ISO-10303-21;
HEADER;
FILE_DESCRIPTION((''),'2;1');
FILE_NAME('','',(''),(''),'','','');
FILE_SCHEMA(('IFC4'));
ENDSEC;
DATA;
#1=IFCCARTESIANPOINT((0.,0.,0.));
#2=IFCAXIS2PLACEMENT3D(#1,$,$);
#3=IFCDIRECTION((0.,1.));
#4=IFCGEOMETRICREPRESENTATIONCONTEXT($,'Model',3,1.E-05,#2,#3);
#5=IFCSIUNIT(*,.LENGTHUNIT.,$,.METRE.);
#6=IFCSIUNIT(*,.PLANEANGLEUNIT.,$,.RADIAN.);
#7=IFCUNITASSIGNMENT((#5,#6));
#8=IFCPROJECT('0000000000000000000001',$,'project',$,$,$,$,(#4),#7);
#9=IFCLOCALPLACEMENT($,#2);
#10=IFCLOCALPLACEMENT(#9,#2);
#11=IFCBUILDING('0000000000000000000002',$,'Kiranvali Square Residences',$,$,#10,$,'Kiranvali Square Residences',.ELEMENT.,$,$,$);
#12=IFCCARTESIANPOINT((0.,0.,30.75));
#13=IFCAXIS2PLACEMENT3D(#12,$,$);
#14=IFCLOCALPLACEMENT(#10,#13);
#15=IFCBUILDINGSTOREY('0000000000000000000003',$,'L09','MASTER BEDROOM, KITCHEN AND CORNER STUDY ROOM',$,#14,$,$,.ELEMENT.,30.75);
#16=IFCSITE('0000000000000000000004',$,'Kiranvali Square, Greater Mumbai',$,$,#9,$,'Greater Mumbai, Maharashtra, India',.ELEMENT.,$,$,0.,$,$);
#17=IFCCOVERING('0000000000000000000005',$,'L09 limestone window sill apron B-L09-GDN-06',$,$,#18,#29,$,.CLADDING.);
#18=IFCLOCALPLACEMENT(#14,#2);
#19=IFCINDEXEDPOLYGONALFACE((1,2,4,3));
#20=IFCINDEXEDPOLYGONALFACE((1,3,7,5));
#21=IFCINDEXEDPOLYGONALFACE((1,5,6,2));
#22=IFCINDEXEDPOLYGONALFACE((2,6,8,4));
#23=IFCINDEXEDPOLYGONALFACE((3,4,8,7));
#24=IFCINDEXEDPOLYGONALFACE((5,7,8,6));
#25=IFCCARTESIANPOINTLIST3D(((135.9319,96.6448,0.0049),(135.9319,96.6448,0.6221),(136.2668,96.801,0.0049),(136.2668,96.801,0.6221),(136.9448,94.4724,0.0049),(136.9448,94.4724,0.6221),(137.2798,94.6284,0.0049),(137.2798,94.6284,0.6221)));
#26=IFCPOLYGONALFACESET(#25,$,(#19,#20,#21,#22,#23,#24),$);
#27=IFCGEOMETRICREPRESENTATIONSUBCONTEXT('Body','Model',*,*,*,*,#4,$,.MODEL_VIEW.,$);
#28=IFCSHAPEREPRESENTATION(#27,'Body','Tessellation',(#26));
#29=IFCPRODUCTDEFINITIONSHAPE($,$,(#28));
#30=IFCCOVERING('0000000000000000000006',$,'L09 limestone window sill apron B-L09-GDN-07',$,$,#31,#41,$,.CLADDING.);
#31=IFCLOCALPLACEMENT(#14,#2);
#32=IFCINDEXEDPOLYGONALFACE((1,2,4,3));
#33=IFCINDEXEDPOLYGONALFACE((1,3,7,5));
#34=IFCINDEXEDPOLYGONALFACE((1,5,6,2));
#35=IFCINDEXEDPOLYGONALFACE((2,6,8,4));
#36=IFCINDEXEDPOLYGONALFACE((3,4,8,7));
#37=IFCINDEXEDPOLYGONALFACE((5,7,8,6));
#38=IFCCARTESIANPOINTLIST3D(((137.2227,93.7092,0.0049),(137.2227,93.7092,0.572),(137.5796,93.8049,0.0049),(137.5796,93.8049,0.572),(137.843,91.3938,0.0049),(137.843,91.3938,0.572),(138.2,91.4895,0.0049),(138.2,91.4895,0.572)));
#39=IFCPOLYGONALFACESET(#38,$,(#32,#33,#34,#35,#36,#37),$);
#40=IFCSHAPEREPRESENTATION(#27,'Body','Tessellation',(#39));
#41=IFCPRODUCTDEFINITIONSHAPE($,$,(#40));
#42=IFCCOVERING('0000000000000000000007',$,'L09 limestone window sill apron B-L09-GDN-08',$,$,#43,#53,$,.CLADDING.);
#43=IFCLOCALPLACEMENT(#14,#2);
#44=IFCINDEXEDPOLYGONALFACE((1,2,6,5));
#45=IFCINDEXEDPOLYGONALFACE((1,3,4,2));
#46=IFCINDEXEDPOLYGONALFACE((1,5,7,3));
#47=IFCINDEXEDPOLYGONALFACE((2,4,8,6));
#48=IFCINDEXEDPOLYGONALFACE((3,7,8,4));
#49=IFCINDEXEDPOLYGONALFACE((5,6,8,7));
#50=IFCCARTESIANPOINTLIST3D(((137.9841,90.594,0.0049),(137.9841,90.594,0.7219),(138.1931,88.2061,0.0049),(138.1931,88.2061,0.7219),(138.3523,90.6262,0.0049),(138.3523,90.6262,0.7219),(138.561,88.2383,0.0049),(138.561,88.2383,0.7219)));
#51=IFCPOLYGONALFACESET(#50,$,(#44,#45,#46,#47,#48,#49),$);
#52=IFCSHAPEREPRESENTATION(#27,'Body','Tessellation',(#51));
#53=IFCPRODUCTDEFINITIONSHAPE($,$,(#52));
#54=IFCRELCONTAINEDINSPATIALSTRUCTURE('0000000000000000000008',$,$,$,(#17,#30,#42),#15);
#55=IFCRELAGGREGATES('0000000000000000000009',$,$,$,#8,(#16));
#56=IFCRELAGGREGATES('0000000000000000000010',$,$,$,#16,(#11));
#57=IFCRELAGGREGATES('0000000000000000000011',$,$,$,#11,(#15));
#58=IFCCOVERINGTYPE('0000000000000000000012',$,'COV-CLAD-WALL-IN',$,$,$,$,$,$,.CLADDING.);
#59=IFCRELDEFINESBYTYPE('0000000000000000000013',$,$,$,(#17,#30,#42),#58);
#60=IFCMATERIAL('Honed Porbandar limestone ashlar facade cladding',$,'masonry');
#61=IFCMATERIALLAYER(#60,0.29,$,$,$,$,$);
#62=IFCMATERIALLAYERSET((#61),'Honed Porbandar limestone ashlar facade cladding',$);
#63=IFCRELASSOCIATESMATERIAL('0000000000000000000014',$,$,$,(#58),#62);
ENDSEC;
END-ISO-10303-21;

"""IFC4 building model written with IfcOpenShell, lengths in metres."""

from ifc_helpers import new_model, si_unit, direction, frame, origin, place, context, subcontext, project, spatial, polyline, outline, extrude, material, layer, layer_set, type_object, element, save


model = new_model("IFC4")

# Units and contexts
model_context = context("Model", 3, precision=1e-05, world=origin(), true_north=direction((0.0, 1.0)))
body_context = subcontext(model_context, "Body", "Model", "MODEL_VIEW")
ifc_project = project(units=[si_unit("LENGTHUNIT", "METRE"), si_unit("PLANEANGLEUNIT", "RADIAN")], contexts=[model_context])

# Site, building, storey
site_placement = place(None, origin())
site = spatial("IfcSite", under=ifc_project, at=site_placement, Name="Kiranvali Square, Greater Mumbai", LongName="Greater Mumbai, Maharashtra, India", CompositionType="ELEMENT", RefElevation=0.0)
building_placement = place(site_placement, origin())
building = spatial("IfcBuilding", under=site, at=building_placement, Name="Kiranvali Square Residences", LongName="Kiranvali Square Residences", CompositionType="ELEMENT")
storey_placement = place(building_placement, frame((0.0, 0.0, 30.75)))
storey = spatial("IfcBuildingStorey", under=building, at=storey_placement, Name="L09", Description="MASTER BEDROOM, KITCHEN AND CORNER STUDY ROOM", CompositionType="ELEMENT", Elevation=30.75)

# Coverings
ifc_material = material(Name="Honed Porbandar limestone ashlar facade cladding", Category="masonry")
ifc_layer_1 = layer(ifc_material, 0.29)
ifc_layer_set_1 = layer_set([ifc_layer_1], Name="Honed Porbandar limestone ashlar facade cladding")
covering_type_1 = type_object("IfcCoveringType", Name="COV-CLAD-WALL-IN", PredefinedType="CLADDING", material=ifc_layer_set_1)
covering_1_placement = place(storey_placement, frame((0.0, 0.0, 0.0049)))
element("IfcCovering", 1, at=covering_1_placement, inside=storey, type_object=covering_type_1, Name="L09 limestone window sill apron B-L09-GDN-06", PredefinedType="CLADDING", context=body_context, shape_type="SweptSolid", body=[
    extrude(outline(polyline([(135.9319, 96.6448), (136.9448, 94.4724), (137.2798, 94.6284), (136.2668, 96.801), (135.9319, 96.6448)])), origin(), (0.0, 0.0, 1.0), 0.6172),
])
covering_2_placement = place(storey_placement, frame((0.0, 0.0, 0.0049)))
element("IfcCovering", 2, at=covering_2_placement, inside=storey, type_object=covering_type_1, Name="L09 limestone window sill apron B-L09-GDN-07", PredefinedType="CLADDING", context=body_context, shape_type="SweptSolid", body=[
    extrude(outline(polyline([(137.2227, 93.7092), (137.843, 91.3938), (138.2, 91.4895), (137.5796, 93.8049), (137.2227, 93.7092)])), origin(), (0.0, 0.0, 1.0), 0.5671),
])
covering_3_placement = place(storey_placement, frame((0.0, 0.0, 0.0049)))
element("IfcCovering", 3, at=covering_3_placement, inside=storey, type_object=covering_type_1, Name="L09 limestone window sill apron B-L09-GDN-08", PredefinedType="CLADDING", context=body_context, shape_type="SweptSolid", body=[
    extrude(outline(polyline([(137.9841, 90.594), (138.1931, 88.2061), (138.561, 88.2383), (138.3523, 90.6262), (137.9841, 90.594)])), origin(), (0.0, 0.0, 1.0), 0.717),
])

save(model, "model.ifc")
